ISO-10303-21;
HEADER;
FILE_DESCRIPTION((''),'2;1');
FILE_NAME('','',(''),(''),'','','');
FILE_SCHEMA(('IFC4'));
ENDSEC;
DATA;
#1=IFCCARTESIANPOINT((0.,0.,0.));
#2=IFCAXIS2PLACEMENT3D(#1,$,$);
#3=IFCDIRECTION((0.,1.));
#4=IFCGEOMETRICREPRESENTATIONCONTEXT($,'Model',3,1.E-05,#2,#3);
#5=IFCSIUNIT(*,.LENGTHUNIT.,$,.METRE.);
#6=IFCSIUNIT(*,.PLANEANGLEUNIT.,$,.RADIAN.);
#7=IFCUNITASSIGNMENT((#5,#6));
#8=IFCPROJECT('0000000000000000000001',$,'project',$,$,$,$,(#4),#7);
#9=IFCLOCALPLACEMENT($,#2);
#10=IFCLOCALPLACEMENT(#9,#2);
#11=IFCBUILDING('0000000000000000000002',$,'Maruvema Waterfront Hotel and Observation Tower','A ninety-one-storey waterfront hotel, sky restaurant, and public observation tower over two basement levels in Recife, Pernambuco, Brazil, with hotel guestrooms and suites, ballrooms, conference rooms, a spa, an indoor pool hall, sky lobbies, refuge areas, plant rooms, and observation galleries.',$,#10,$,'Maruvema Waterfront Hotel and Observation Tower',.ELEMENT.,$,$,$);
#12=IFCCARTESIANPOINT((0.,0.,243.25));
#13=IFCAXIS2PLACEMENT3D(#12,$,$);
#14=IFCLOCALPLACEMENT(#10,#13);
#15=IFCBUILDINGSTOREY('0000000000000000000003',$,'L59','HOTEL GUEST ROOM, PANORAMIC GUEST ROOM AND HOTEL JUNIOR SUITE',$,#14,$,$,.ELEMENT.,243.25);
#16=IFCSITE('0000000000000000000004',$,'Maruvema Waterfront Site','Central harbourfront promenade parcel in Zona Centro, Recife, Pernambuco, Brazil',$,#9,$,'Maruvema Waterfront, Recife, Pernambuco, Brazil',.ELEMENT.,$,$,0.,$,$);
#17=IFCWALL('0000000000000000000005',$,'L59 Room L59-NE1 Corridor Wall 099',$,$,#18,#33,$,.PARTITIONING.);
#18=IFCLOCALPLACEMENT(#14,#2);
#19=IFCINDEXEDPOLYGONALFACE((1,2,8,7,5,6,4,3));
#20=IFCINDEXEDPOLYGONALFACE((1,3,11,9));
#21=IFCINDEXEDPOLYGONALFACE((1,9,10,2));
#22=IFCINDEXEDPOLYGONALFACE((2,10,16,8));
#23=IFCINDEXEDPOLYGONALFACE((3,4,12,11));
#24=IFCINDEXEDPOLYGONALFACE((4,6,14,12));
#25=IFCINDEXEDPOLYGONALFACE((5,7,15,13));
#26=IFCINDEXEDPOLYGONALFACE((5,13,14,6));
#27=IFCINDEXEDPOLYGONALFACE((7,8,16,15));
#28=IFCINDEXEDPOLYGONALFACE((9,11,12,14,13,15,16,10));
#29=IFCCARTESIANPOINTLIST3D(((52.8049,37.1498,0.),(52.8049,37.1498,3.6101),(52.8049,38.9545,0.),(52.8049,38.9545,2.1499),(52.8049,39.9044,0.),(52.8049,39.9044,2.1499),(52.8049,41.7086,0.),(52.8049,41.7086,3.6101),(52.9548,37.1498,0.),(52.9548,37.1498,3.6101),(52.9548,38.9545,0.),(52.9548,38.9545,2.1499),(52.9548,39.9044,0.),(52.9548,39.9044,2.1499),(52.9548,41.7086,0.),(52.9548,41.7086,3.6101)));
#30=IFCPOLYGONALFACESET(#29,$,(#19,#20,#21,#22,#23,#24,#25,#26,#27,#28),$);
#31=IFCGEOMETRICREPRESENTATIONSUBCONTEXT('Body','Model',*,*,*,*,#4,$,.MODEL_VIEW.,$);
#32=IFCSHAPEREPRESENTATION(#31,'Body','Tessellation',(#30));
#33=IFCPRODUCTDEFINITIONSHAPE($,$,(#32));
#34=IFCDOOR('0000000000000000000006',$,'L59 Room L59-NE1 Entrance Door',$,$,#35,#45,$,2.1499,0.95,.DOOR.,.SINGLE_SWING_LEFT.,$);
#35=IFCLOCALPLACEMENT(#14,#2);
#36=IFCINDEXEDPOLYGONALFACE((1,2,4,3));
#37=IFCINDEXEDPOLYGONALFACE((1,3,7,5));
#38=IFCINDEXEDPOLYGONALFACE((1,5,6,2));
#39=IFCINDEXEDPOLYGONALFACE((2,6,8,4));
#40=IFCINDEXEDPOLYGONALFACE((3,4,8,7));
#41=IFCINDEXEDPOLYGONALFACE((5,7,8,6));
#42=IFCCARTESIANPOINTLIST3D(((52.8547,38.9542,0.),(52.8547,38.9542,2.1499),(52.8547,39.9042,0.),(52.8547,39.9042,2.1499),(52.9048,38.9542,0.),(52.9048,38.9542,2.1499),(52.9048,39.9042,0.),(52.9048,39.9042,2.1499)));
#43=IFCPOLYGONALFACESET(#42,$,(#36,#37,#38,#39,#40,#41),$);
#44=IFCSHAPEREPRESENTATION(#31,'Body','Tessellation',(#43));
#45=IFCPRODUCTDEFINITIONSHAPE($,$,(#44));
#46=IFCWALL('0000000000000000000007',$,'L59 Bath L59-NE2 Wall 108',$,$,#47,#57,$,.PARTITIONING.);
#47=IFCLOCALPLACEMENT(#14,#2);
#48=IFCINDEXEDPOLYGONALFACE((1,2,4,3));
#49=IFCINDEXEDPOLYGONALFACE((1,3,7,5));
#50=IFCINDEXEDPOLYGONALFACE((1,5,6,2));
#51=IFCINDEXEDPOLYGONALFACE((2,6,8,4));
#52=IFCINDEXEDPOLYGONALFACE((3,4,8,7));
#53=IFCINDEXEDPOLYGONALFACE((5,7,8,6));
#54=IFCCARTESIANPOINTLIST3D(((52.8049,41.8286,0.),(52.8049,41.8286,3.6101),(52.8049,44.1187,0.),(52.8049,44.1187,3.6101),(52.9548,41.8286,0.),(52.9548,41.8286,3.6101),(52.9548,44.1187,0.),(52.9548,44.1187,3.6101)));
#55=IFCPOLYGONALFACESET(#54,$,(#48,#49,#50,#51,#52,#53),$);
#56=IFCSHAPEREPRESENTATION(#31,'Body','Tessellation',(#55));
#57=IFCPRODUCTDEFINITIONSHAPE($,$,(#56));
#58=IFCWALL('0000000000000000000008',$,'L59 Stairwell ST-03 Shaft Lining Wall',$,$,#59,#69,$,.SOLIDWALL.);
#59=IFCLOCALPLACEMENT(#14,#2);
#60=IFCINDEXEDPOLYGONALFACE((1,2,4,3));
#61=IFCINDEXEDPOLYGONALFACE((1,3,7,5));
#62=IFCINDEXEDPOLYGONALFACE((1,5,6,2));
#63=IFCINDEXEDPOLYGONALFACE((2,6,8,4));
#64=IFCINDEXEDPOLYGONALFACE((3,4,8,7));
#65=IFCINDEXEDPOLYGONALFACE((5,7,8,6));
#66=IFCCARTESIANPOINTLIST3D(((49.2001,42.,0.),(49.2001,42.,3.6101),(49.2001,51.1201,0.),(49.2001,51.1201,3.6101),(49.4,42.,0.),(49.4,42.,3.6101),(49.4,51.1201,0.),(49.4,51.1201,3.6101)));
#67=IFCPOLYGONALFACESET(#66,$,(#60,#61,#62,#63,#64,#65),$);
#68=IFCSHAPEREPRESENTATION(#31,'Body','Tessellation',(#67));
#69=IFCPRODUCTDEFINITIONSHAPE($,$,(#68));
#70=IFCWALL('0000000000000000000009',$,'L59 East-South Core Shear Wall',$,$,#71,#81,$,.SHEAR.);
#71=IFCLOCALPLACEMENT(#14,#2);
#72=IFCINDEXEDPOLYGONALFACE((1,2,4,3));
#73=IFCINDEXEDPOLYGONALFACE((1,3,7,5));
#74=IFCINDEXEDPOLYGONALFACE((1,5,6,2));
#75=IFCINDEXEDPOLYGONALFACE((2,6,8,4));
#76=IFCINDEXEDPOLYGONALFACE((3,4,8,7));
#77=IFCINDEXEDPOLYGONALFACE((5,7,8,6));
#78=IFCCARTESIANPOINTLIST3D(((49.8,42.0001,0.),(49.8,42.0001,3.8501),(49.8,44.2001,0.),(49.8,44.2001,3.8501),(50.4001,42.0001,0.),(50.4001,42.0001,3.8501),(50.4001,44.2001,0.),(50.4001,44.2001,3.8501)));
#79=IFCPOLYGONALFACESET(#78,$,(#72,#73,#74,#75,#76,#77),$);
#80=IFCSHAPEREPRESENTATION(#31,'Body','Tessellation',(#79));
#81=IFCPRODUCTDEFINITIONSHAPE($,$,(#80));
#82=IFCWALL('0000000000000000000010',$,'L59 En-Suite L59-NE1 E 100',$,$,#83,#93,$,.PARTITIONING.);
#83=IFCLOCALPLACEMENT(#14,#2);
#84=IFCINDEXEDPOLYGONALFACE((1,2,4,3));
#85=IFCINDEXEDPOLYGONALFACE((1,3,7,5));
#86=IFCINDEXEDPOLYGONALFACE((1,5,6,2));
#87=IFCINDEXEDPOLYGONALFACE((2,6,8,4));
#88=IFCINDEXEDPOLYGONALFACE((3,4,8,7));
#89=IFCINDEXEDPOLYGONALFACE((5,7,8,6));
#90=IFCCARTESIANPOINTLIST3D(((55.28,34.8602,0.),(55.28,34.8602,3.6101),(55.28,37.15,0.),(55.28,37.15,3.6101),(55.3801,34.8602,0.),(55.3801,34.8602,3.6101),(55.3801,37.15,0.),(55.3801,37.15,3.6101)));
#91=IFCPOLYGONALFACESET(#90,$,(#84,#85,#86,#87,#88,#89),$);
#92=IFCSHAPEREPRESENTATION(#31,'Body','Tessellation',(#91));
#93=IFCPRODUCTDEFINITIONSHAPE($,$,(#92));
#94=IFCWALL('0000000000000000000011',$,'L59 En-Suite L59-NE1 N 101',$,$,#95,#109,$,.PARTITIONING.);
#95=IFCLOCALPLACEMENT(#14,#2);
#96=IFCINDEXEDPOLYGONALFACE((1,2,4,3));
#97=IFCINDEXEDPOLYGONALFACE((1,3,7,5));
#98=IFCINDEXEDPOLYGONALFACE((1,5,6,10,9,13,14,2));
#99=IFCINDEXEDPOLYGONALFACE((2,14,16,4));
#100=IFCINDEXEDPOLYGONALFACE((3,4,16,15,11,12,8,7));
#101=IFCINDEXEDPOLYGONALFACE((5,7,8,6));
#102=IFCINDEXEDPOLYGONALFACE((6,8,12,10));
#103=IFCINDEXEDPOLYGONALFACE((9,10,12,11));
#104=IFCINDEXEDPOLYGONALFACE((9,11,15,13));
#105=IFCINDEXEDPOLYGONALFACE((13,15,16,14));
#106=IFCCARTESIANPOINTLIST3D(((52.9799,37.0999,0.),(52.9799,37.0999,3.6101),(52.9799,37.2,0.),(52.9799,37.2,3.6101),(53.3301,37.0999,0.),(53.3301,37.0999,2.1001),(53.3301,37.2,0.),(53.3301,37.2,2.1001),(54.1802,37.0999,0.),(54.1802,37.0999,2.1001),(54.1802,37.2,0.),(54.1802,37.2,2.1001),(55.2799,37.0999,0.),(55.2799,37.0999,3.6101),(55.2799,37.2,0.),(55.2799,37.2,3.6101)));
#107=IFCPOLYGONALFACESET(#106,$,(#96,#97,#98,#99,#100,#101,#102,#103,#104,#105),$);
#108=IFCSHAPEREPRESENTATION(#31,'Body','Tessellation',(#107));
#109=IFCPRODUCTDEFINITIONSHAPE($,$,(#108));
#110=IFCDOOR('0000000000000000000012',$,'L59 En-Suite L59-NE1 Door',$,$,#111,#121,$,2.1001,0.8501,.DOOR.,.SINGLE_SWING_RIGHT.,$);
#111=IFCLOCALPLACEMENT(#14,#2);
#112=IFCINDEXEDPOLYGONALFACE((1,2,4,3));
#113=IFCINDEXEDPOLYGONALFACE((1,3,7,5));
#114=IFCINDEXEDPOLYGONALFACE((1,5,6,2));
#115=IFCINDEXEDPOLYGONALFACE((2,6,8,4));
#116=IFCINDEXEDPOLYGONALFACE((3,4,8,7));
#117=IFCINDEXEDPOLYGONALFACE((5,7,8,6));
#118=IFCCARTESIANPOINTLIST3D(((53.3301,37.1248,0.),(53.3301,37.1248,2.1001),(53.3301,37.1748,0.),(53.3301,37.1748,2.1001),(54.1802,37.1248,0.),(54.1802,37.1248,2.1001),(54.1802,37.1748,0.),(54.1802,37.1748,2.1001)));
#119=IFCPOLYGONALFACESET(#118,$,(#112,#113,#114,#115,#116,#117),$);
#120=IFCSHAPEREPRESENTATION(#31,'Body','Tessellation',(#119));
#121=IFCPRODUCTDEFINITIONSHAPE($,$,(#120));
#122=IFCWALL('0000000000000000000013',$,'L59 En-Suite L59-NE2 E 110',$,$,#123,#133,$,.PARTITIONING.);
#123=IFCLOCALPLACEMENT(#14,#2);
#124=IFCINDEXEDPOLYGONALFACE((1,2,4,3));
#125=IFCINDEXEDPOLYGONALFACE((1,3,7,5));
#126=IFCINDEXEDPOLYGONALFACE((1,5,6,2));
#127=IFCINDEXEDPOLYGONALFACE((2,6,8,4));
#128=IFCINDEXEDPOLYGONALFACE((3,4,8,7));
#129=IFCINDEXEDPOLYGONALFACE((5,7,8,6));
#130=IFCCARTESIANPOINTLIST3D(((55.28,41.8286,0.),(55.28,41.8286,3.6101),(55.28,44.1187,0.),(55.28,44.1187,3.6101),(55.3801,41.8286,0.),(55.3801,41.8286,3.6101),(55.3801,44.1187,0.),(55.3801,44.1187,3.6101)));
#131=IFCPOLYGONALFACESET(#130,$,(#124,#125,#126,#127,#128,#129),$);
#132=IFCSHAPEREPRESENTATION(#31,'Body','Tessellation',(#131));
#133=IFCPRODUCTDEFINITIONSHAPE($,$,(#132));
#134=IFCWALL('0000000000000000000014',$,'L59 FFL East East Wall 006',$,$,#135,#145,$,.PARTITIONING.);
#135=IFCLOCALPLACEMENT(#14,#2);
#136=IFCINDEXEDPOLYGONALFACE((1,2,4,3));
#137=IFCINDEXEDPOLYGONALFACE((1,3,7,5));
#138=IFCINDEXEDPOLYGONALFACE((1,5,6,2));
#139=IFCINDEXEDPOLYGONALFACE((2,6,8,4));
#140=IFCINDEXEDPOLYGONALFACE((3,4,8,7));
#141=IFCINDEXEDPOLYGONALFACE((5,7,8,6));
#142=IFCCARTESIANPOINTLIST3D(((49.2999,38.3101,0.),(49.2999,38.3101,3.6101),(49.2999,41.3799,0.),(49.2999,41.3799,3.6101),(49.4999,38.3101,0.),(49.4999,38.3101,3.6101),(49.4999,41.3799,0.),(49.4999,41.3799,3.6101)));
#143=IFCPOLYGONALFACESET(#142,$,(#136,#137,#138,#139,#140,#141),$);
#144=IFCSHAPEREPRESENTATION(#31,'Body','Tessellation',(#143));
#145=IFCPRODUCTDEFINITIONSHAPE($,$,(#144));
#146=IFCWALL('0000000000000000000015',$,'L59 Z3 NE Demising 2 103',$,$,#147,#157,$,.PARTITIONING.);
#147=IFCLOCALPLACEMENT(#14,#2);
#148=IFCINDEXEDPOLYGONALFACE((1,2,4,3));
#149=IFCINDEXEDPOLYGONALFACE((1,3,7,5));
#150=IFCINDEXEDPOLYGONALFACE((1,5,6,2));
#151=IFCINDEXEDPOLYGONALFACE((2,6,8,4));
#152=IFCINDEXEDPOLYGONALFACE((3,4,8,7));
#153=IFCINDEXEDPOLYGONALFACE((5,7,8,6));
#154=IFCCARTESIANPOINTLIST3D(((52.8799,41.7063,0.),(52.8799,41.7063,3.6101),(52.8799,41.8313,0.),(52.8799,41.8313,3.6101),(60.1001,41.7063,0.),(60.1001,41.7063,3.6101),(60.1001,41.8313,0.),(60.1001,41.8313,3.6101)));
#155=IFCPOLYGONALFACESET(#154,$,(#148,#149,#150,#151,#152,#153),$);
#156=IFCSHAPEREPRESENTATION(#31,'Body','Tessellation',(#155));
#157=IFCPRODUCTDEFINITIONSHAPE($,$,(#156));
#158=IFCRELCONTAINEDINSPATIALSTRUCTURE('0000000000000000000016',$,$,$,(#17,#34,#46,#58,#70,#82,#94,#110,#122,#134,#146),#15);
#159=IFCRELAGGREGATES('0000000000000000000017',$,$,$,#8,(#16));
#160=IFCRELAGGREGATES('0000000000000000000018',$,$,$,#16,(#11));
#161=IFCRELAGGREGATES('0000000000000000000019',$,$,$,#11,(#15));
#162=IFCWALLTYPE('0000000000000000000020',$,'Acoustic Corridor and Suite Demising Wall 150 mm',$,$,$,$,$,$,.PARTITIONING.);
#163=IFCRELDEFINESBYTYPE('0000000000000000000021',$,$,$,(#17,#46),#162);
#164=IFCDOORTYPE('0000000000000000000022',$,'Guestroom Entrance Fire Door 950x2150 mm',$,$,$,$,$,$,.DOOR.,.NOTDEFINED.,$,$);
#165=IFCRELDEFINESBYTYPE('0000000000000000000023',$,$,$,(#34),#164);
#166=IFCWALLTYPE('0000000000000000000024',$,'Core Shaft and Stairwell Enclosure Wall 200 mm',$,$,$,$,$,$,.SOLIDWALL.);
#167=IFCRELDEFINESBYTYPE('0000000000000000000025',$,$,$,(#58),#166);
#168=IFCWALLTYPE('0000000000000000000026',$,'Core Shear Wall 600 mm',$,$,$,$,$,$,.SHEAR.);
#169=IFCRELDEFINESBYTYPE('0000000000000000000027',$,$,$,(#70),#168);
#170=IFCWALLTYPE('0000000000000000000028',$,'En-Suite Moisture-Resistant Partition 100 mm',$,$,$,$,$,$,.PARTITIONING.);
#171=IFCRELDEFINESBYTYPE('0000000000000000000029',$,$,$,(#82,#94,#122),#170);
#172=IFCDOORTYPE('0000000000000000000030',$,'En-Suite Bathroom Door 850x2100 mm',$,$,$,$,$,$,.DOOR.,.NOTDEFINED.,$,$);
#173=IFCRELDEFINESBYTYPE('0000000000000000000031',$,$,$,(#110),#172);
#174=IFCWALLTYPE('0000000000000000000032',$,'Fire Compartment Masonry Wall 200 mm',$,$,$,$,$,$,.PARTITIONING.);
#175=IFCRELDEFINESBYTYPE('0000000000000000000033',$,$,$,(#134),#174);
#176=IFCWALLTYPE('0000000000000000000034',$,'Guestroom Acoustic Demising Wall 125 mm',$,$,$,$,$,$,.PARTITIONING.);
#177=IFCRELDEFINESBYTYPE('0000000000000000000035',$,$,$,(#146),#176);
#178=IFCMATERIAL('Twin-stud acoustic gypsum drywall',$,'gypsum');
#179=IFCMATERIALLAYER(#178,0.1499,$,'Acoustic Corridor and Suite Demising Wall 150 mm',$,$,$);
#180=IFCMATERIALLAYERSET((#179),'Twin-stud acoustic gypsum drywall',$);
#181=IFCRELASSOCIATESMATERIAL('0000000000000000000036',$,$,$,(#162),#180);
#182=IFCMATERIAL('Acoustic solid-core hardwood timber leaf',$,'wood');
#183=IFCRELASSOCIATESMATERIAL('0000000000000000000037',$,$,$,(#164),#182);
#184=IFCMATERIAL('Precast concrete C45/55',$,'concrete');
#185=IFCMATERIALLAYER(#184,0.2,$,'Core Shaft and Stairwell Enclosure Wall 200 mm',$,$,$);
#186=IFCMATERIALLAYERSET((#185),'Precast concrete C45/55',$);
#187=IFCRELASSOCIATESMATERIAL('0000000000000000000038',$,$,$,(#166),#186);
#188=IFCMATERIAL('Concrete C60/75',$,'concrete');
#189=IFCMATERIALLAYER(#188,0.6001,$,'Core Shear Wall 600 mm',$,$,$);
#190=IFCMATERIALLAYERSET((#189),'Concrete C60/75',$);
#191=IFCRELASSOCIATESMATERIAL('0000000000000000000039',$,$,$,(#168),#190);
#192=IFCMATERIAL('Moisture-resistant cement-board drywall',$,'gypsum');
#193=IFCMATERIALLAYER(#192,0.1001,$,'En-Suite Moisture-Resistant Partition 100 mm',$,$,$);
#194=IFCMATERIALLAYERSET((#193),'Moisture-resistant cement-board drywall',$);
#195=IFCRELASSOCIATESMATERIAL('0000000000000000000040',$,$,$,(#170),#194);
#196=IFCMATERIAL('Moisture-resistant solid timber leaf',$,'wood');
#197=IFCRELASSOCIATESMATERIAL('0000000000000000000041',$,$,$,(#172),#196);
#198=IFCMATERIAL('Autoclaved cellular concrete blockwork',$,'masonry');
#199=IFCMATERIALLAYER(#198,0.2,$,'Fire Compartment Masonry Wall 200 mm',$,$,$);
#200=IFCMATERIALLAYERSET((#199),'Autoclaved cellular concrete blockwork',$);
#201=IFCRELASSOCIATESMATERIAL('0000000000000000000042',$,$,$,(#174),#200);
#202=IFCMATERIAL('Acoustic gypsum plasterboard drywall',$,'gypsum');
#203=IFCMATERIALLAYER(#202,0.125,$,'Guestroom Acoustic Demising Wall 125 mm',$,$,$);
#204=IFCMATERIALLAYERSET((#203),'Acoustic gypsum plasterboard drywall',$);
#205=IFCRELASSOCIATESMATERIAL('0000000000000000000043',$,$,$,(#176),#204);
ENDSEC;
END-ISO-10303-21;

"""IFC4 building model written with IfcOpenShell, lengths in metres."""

from ifc_helpers import new_model, si_unit, direction, frame, frame_2d, origin, place, context, subcontext, project, spatial, rectangle, extrude, material, layer, layer_set, type_object, element, fill, save


model = new_model("IFC4")

# Units and contexts
model_context = context("Model", 3, precision=1e-05, world=origin(), true_north=direction((0.0, 1.0)))
body_context = subcontext(model_context, "Body", "Model", "MODEL_VIEW")
ifc_project = project(units=[si_unit("LENGTHUNIT", "METRE"), si_unit("PLANEANGLEUNIT", "RADIAN")], contexts=[model_context])

# Site, building, storey
site_placement = place(None, origin())
site = spatial("IfcSite", under=ifc_project, at=site_placement, Name="Maruvema Waterfront Site", Description="Central harbourfront promenade parcel in Zona Centro, Recife, Pernambuco, Brazil", LongName="Maruvema Waterfront, Recife, Pernambuco, Brazil", CompositionType="ELEMENT", RefElevation=0.0)
building_placement = place(site_placement, origin())
building = spatial("IfcBuilding", under=site, at=building_placement, Name="Maruvema Waterfront Hotel and Observation Tower", Description="A ninety-one-storey waterfront hotel, sky restaurant, and public observation tower over two basement levels in Recife, Pernambuco, Brazil, with hotel guestrooms and suites, ballrooms, conference rooms, a spa, an indoor pool hall, sky lobbies, refuge areas, plant rooms, and observation galleries.", LongName="Maruvema Waterfront Hotel and Observation Tower", CompositionType="ELEMENT")
storey_placement = place(building_placement, frame((0.0, 0.0, 243.25)))
storey = spatial("IfcBuildingStorey", under=building, at=storey_placement, Name="L59", Description="HOTEL GUEST ROOM, PANORAMIC GUEST ROOM AND HOTEL JUNIOR SUITE", CompositionType="ELEMENT", Elevation=243.25)

# Wall, opening, door
ifc_material_1 = material(Name="Twin-stud acoustic gypsum drywall", Category="gypsum")
ifc_layer_1 = layer(ifc_material_1, 0.1499, Name="Acoustic Corridor and Suite Demising Wall 150 mm")
ifc_layer_set_1 = layer_set([ifc_layer_1], Name="Twin-stud acoustic gypsum drywall")
wall_type_1 = type_object("IfcWallType", Name="Acoustic Corridor and Suite Demising Wall 150 mm", PredefinedType="PARTITIONING", material=ifc_layer_set_1)
wall_1_placement = place(storey_placement, frame((52.8799, 37.1499, 0.0), z_axis=(0.0, 0.0, 1.0), x_axis=(0.0, 1.0, 0.0)))
wall_1 = element("IfcWall", 1, at=wall_1_placement, inside=storey, type_object=wall_type_1, Name="L59 Room L59-NE1 Corridor Wall 099", PredefinedType="PARTITIONING", context=body_context, shape_type="SweptSolid", body=[
    extrude(rectangle(XDim=4.5588, YDim=0.1499, at=frame_2d((2.2793, 0.0))), origin(), (0.0, 0.0, 1.0), 3.6101),
])
opening_1_placement = place(wall_1_placement, frame((1.8044, 0.0, 0.0)))
opening_1 = element("IfcOpeningElement", 2, at=opening_1_placement, cuts=wall_1, PredefinedType="OPENING", context=body_context, shape_type="SweptSolid", body=[
    extrude(rectangle(XDim=0.95, YDim=2.1499, at=frame_2d((0.4751, 1.075))), frame((0.0, 0.085, 0.0), z_axis=(0.0, -1.0, 0.0), x_axis=(1.0, 0.0, 0.0)), (0.0, 0.0, 1.0), 0.1699),
])
ifc_material_2 = material(Name="Acoustic solid-core hardwood timber leaf", Category="wood")
door_type_1 = type_object("IfcDoorType", Name="Guestroom Entrance Fire Door 950x2150 mm", OperationType="NOTDEFINED", PredefinedType="DOOR", material=ifc_material_2)
door_1_placement = place(opening_1_placement, frame((0.95, 0.0, 0.0), z_axis=(0.0, 0.0, 1.0), x_axis=(-1.0, 0.0, 0.0)))
door_1 = element("IfcDoor", 3, at=door_1_placement, inside=storey, type_object=door_type_1, Name="L59 Room L59-NE1 Entrance Door", OperationType="SINGLE_SWING_LEFT", OverallHeight=2.1499, OverallWidth=0.95, PredefinedType="DOOR", context=body_context, shape_type="SweptSolid", body=[
    extrude(rectangle(XDim=0.95, YDim=2.1499, at=frame_2d((0.4751, 1.075))), frame((0.0, 0.0249, 0.0), z_axis=(0.0, -1.0, 0.0), x_axis=(1.0, 0.0, 0.0)), (0.0, 0.0, 1.0), 0.05),
])
fill(opening_1, door_1)

# Walls
wall_2_placement = place(storey_placement, frame((52.8799, 41.8286, 0.0), z_axis=(0.0, 0.0, 1.0), x_axis=(0.0, 1.0, 0.0)))
element("IfcWall", 4, at=wall_2_placement, inside=storey, type_object=wall_type_1, Name="L59 Bath L59-NE2 Wall 108", PredefinedType="PARTITIONING", context=body_context, shape_type="SweptSolid", body=[
    extrude(rectangle(XDim=2.29, YDim=0.1499, at=frame_2d((1.145, 0.0))), origin(), (0.0, 0.0, 1.0), 3.6101),
])
ifc_material_3 = material(Name="Precast concrete C45/55", Category="concrete")
ifc_layer_2 = layer(ifc_material_3, 0.2, Name="Core Shaft and Stairwell Enclosure Wall 200 mm")
ifc_layer_set_2 = layer_set([ifc_layer_2], Name="Precast concrete C45/55")
wall_type_2 = type_object("IfcWallType", Name="Core Shaft and Stairwell Enclosure Wall 200 mm", PredefinedType="SOLIDWALL", material=ifc_layer_set_2)
wall_3_placement = place(storey_placement, frame((49.3, 42.0, 0.0), z_axis=(0.0, 0.0, 1.0), x_axis=(0.0, 1.0, 0.0)))
element("IfcWall", 5, at=wall_3_placement, inside=storey, type_object=wall_type_2, Name="L59 Stairwell ST-03 Shaft Lining Wall", PredefinedType="SOLIDWALL", context=body_context, shape_type="SweptSolid", body=[
    extrude(rectangle(XDim=9.1201, YDim=0.2, at=frame_2d((4.5601, 0.0))), origin(), (0.0, 0.0, 1.0), 3.6101),
])
ifc_material_4 = material(Name="Concrete C60/75", Category="concrete")
ifc_layer_3 = layer(ifc_material_4, 0.6001, Name="Core Shear Wall 600 mm")
ifc_layer_set_3 = layer_set([ifc_layer_3], Name="Concrete C60/75")
wall_type_3 = type_object("IfcWallType", Name="Core Shear Wall 600 mm", PredefinedType="SHEAR", material=ifc_layer_set_3)
wall_4_placement = place(storey_placement, frame((50.1001, 42.0, 0.0), z_axis=(0.0, 0.0, 1.0), x_axis=(0.0, 1.0, 0.0)))
element("IfcWall", 6, at=wall_4_placement, inside=storey, type_object=wall_type_3, Name="L59 East-South Core Shear Wall", PredefinedType="SHEAR", context=body_context, shape_type="SweptSolid", body=[
    extrude(rectangle(XDim=2.2, YDim=0.6001, at=frame_2d((1.1001, 0.0))), origin(), (0.0, 0.0, 1.0), 3.8501),
])
ifc_material_5 = material(Name="Moisture-resistant cement-board drywall", Category="gypsum")
ifc_layer_4 = layer(ifc_material_5, 0.1001, Name="En-Suite Moisture-Resistant Partition 100 mm")
ifc_layer_set_4 = layer_set([ifc_layer_4], Name="Moisture-resistant cement-board drywall")
wall_type_4 = type_object("IfcWallType", Name="En-Suite Moisture-Resistant Partition 100 mm", PredefinedType="PARTITIONING", material=ifc_layer_set_4)
wall_5_placement = place(storey_placement, frame((55.3301, 34.8601, 0.0), z_axis=(0.0, 0.0, 1.0), x_axis=(0.0, 1.0, 0.0)))
element("IfcWall", 7, at=wall_5_placement, inside=storey, type_object=wall_type_4, Name="L59 En-Suite L59-NE1 E 100", PredefinedType="PARTITIONING", context=body_context, shape_type="SweptSolid", body=[
    extrude(rectangle(XDim=2.2898, YDim=0.1001, at=frame_2d((1.145, 0.0))), origin(), (0.0, 0.0, 1.0), 3.6101),
])

# Wall, opening, door
wall_6_placement = place(storey_placement, frame((52.98, 37.1499, 0.0), z_axis=(0.0, 0.0, 1.0), x_axis=(1.0, 0.0, 0.0)))
wall_6 = element("IfcWall", 8, at=wall_6_placement, inside=storey, type_object=wall_type_4, Name="L59 En-Suite L59-NE1 N 101", PredefinedType="PARTITIONING", context=body_context, shape_type="SweptSolid", body=[
    extrude(rectangle(XDim=2.3, YDim=0.1001, at=frame_2d((1.1499, 0.0))), origin(), (0.0, 0.0, 1.0), 3.6101),
])
opening_2_placement = place(wall_6_placement, frame((0.3501, 0.0, 0.0)))
opening_2 = element("IfcOpeningElement", 9, at=opening_2_placement, cuts=wall_6, PredefinedType="OPENING", context=body_context, shape_type="SweptSolid", body=[
    extrude(rectangle(XDim=0.8501, YDim=2.1001, at=frame_2d((0.425, 1.05))), frame((0.0, 0.0601, 0.0), z_axis=(0.0, -1.0, 0.0), x_axis=(1.0, 0.0, 0.0)), (0.0, 0.0, 1.0), 0.1201),
])
ifc_material_6 = material(Name="Moisture-resistant solid timber leaf", Category="wood")
door_type_2 = type_object("IfcDoorType", Name="En-Suite Bathroom Door 850x2100 mm", OperationType="NOTDEFINED", PredefinedType="DOOR", material=ifc_material_6)
door_2_placement = place(opening_2_placement, origin())
door_2 = element("IfcDoor", 10, at=door_2_placement, inside=storey, type_object=door_type_2, Name="L59 En-Suite L59-NE1 Door", OperationType="SINGLE_SWING_RIGHT", OverallHeight=2.1001, OverallWidth=0.8501, PredefinedType="DOOR", context=body_context, shape_type="SweptSolid", body=[
    extrude(rectangle(XDim=0.8501, YDim=2.1001, at=frame_2d((0.425, 1.05))), frame((0.0, 0.0249, 0.0), z_axis=(0.0, -1.0, 0.0), x_axis=(1.0, 0.0, 0.0)), (0.0, 0.0, 1.0), 0.05),
])
fill(opening_2, door_2)

# Walls
wall_7_placement = place(storey_placement, frame((55.3301, 41.8286, 0.0), z_axis=(0.0, 0.0, 1.0), x_axis=(0.0, 1.0, 0.0)))
element("IfcWall", 11, at=wall_7_placement, inside=storey, type_object=wall_type_4, Name="L59 En-Suite L59-NE2 E 110", PredefinedType="PARTITIONING", context=body_context, shape_type="SweptSolid", body=[
    extrude(rectangle(XDim=2.29, YDim=0.1001, at=frame_2d((1.145, 0.0))), origin(), (0.0, 0.0, 1.0), 3.6101),
])
ifc_material_7 = material(Name="Autoclaved cellular concrete blockwork", Category="masonry")
ifc_layer_5 = layer(ifc_material_7, 0.2, Name="Fire Compartment Masonry Wall 200 mm")
ifc_layer_set_5 = layer_set([ifc_layer_5], Name="Autoclaved cellular concrete blockwork")
wall_type_5 = type_object("IfcWallType", Name="Fire Compartment Masonry Wall 200 mm", PredefinedType="PARTITIONING", material=ifc_layer_set_5)
wall_8_placement = place(storey_placement, frame((49.3999, 38.3101, 0.0), z_axis=(0.0, 0.0, 1.0), x_axis=(0.0, 1.0, 0.0)))
element("IfcWall", 12, at=wall_8_placement, inside=storey, type_object=wall_type_5, Name="L59 FFL East East Wall 006", PredefinedType="PARTITIONING", context=body_context, shape_type="SweptSolid", body=[
    extrude(rectangle(XDim=3.0698, YDim=0.2, at=frame_2d((1.5349, 0.0))), origin(), (0.0, 0.0, 1.0), 3.6101),
])
ifc_material_8 = material(Name="Acoustic gypsum plasterboard drywall", Category="gypsum")
ifc_layer_6 = layer(ifc_material_8, 0.125, Name="Guestroom Acoustic Demising Wall 125 mm")
ifc_layer_set_6 = layer_set([ifc_layer_6], Name="Acoustic gypsum plasterboard drywall")
wall_type_6 = type_object("IfcWallType", Name="Guestroom Acoustic Demising Wall 125 mm", PredefinedType="PARTITIONING", material=ifc_layer_set_6)
wall_9_placement = place(storey_placement, frame((52.8799, 41.7688, 0.0), z_axis=(0.0, 0.0, 1.0), x_axis=(1.0, 0.0, 0.0)))
element("IfcWall", 13, at=wall_9_placement, inside=storey, type_object=wall_type_6, Name="L59 Z3 NE Demising 2 103", PredefinedType="PARTITIONING", context=body_context, shape_type="SweptSolid", body=[
    extrude(rectangle(XDim=7.2202, YDim=0.125, at=frame_2d((3.6101, 0.0))), origin(), (0.0, 0.0, 1.0), 3.6101),
])

save(model, "model.ifc")
